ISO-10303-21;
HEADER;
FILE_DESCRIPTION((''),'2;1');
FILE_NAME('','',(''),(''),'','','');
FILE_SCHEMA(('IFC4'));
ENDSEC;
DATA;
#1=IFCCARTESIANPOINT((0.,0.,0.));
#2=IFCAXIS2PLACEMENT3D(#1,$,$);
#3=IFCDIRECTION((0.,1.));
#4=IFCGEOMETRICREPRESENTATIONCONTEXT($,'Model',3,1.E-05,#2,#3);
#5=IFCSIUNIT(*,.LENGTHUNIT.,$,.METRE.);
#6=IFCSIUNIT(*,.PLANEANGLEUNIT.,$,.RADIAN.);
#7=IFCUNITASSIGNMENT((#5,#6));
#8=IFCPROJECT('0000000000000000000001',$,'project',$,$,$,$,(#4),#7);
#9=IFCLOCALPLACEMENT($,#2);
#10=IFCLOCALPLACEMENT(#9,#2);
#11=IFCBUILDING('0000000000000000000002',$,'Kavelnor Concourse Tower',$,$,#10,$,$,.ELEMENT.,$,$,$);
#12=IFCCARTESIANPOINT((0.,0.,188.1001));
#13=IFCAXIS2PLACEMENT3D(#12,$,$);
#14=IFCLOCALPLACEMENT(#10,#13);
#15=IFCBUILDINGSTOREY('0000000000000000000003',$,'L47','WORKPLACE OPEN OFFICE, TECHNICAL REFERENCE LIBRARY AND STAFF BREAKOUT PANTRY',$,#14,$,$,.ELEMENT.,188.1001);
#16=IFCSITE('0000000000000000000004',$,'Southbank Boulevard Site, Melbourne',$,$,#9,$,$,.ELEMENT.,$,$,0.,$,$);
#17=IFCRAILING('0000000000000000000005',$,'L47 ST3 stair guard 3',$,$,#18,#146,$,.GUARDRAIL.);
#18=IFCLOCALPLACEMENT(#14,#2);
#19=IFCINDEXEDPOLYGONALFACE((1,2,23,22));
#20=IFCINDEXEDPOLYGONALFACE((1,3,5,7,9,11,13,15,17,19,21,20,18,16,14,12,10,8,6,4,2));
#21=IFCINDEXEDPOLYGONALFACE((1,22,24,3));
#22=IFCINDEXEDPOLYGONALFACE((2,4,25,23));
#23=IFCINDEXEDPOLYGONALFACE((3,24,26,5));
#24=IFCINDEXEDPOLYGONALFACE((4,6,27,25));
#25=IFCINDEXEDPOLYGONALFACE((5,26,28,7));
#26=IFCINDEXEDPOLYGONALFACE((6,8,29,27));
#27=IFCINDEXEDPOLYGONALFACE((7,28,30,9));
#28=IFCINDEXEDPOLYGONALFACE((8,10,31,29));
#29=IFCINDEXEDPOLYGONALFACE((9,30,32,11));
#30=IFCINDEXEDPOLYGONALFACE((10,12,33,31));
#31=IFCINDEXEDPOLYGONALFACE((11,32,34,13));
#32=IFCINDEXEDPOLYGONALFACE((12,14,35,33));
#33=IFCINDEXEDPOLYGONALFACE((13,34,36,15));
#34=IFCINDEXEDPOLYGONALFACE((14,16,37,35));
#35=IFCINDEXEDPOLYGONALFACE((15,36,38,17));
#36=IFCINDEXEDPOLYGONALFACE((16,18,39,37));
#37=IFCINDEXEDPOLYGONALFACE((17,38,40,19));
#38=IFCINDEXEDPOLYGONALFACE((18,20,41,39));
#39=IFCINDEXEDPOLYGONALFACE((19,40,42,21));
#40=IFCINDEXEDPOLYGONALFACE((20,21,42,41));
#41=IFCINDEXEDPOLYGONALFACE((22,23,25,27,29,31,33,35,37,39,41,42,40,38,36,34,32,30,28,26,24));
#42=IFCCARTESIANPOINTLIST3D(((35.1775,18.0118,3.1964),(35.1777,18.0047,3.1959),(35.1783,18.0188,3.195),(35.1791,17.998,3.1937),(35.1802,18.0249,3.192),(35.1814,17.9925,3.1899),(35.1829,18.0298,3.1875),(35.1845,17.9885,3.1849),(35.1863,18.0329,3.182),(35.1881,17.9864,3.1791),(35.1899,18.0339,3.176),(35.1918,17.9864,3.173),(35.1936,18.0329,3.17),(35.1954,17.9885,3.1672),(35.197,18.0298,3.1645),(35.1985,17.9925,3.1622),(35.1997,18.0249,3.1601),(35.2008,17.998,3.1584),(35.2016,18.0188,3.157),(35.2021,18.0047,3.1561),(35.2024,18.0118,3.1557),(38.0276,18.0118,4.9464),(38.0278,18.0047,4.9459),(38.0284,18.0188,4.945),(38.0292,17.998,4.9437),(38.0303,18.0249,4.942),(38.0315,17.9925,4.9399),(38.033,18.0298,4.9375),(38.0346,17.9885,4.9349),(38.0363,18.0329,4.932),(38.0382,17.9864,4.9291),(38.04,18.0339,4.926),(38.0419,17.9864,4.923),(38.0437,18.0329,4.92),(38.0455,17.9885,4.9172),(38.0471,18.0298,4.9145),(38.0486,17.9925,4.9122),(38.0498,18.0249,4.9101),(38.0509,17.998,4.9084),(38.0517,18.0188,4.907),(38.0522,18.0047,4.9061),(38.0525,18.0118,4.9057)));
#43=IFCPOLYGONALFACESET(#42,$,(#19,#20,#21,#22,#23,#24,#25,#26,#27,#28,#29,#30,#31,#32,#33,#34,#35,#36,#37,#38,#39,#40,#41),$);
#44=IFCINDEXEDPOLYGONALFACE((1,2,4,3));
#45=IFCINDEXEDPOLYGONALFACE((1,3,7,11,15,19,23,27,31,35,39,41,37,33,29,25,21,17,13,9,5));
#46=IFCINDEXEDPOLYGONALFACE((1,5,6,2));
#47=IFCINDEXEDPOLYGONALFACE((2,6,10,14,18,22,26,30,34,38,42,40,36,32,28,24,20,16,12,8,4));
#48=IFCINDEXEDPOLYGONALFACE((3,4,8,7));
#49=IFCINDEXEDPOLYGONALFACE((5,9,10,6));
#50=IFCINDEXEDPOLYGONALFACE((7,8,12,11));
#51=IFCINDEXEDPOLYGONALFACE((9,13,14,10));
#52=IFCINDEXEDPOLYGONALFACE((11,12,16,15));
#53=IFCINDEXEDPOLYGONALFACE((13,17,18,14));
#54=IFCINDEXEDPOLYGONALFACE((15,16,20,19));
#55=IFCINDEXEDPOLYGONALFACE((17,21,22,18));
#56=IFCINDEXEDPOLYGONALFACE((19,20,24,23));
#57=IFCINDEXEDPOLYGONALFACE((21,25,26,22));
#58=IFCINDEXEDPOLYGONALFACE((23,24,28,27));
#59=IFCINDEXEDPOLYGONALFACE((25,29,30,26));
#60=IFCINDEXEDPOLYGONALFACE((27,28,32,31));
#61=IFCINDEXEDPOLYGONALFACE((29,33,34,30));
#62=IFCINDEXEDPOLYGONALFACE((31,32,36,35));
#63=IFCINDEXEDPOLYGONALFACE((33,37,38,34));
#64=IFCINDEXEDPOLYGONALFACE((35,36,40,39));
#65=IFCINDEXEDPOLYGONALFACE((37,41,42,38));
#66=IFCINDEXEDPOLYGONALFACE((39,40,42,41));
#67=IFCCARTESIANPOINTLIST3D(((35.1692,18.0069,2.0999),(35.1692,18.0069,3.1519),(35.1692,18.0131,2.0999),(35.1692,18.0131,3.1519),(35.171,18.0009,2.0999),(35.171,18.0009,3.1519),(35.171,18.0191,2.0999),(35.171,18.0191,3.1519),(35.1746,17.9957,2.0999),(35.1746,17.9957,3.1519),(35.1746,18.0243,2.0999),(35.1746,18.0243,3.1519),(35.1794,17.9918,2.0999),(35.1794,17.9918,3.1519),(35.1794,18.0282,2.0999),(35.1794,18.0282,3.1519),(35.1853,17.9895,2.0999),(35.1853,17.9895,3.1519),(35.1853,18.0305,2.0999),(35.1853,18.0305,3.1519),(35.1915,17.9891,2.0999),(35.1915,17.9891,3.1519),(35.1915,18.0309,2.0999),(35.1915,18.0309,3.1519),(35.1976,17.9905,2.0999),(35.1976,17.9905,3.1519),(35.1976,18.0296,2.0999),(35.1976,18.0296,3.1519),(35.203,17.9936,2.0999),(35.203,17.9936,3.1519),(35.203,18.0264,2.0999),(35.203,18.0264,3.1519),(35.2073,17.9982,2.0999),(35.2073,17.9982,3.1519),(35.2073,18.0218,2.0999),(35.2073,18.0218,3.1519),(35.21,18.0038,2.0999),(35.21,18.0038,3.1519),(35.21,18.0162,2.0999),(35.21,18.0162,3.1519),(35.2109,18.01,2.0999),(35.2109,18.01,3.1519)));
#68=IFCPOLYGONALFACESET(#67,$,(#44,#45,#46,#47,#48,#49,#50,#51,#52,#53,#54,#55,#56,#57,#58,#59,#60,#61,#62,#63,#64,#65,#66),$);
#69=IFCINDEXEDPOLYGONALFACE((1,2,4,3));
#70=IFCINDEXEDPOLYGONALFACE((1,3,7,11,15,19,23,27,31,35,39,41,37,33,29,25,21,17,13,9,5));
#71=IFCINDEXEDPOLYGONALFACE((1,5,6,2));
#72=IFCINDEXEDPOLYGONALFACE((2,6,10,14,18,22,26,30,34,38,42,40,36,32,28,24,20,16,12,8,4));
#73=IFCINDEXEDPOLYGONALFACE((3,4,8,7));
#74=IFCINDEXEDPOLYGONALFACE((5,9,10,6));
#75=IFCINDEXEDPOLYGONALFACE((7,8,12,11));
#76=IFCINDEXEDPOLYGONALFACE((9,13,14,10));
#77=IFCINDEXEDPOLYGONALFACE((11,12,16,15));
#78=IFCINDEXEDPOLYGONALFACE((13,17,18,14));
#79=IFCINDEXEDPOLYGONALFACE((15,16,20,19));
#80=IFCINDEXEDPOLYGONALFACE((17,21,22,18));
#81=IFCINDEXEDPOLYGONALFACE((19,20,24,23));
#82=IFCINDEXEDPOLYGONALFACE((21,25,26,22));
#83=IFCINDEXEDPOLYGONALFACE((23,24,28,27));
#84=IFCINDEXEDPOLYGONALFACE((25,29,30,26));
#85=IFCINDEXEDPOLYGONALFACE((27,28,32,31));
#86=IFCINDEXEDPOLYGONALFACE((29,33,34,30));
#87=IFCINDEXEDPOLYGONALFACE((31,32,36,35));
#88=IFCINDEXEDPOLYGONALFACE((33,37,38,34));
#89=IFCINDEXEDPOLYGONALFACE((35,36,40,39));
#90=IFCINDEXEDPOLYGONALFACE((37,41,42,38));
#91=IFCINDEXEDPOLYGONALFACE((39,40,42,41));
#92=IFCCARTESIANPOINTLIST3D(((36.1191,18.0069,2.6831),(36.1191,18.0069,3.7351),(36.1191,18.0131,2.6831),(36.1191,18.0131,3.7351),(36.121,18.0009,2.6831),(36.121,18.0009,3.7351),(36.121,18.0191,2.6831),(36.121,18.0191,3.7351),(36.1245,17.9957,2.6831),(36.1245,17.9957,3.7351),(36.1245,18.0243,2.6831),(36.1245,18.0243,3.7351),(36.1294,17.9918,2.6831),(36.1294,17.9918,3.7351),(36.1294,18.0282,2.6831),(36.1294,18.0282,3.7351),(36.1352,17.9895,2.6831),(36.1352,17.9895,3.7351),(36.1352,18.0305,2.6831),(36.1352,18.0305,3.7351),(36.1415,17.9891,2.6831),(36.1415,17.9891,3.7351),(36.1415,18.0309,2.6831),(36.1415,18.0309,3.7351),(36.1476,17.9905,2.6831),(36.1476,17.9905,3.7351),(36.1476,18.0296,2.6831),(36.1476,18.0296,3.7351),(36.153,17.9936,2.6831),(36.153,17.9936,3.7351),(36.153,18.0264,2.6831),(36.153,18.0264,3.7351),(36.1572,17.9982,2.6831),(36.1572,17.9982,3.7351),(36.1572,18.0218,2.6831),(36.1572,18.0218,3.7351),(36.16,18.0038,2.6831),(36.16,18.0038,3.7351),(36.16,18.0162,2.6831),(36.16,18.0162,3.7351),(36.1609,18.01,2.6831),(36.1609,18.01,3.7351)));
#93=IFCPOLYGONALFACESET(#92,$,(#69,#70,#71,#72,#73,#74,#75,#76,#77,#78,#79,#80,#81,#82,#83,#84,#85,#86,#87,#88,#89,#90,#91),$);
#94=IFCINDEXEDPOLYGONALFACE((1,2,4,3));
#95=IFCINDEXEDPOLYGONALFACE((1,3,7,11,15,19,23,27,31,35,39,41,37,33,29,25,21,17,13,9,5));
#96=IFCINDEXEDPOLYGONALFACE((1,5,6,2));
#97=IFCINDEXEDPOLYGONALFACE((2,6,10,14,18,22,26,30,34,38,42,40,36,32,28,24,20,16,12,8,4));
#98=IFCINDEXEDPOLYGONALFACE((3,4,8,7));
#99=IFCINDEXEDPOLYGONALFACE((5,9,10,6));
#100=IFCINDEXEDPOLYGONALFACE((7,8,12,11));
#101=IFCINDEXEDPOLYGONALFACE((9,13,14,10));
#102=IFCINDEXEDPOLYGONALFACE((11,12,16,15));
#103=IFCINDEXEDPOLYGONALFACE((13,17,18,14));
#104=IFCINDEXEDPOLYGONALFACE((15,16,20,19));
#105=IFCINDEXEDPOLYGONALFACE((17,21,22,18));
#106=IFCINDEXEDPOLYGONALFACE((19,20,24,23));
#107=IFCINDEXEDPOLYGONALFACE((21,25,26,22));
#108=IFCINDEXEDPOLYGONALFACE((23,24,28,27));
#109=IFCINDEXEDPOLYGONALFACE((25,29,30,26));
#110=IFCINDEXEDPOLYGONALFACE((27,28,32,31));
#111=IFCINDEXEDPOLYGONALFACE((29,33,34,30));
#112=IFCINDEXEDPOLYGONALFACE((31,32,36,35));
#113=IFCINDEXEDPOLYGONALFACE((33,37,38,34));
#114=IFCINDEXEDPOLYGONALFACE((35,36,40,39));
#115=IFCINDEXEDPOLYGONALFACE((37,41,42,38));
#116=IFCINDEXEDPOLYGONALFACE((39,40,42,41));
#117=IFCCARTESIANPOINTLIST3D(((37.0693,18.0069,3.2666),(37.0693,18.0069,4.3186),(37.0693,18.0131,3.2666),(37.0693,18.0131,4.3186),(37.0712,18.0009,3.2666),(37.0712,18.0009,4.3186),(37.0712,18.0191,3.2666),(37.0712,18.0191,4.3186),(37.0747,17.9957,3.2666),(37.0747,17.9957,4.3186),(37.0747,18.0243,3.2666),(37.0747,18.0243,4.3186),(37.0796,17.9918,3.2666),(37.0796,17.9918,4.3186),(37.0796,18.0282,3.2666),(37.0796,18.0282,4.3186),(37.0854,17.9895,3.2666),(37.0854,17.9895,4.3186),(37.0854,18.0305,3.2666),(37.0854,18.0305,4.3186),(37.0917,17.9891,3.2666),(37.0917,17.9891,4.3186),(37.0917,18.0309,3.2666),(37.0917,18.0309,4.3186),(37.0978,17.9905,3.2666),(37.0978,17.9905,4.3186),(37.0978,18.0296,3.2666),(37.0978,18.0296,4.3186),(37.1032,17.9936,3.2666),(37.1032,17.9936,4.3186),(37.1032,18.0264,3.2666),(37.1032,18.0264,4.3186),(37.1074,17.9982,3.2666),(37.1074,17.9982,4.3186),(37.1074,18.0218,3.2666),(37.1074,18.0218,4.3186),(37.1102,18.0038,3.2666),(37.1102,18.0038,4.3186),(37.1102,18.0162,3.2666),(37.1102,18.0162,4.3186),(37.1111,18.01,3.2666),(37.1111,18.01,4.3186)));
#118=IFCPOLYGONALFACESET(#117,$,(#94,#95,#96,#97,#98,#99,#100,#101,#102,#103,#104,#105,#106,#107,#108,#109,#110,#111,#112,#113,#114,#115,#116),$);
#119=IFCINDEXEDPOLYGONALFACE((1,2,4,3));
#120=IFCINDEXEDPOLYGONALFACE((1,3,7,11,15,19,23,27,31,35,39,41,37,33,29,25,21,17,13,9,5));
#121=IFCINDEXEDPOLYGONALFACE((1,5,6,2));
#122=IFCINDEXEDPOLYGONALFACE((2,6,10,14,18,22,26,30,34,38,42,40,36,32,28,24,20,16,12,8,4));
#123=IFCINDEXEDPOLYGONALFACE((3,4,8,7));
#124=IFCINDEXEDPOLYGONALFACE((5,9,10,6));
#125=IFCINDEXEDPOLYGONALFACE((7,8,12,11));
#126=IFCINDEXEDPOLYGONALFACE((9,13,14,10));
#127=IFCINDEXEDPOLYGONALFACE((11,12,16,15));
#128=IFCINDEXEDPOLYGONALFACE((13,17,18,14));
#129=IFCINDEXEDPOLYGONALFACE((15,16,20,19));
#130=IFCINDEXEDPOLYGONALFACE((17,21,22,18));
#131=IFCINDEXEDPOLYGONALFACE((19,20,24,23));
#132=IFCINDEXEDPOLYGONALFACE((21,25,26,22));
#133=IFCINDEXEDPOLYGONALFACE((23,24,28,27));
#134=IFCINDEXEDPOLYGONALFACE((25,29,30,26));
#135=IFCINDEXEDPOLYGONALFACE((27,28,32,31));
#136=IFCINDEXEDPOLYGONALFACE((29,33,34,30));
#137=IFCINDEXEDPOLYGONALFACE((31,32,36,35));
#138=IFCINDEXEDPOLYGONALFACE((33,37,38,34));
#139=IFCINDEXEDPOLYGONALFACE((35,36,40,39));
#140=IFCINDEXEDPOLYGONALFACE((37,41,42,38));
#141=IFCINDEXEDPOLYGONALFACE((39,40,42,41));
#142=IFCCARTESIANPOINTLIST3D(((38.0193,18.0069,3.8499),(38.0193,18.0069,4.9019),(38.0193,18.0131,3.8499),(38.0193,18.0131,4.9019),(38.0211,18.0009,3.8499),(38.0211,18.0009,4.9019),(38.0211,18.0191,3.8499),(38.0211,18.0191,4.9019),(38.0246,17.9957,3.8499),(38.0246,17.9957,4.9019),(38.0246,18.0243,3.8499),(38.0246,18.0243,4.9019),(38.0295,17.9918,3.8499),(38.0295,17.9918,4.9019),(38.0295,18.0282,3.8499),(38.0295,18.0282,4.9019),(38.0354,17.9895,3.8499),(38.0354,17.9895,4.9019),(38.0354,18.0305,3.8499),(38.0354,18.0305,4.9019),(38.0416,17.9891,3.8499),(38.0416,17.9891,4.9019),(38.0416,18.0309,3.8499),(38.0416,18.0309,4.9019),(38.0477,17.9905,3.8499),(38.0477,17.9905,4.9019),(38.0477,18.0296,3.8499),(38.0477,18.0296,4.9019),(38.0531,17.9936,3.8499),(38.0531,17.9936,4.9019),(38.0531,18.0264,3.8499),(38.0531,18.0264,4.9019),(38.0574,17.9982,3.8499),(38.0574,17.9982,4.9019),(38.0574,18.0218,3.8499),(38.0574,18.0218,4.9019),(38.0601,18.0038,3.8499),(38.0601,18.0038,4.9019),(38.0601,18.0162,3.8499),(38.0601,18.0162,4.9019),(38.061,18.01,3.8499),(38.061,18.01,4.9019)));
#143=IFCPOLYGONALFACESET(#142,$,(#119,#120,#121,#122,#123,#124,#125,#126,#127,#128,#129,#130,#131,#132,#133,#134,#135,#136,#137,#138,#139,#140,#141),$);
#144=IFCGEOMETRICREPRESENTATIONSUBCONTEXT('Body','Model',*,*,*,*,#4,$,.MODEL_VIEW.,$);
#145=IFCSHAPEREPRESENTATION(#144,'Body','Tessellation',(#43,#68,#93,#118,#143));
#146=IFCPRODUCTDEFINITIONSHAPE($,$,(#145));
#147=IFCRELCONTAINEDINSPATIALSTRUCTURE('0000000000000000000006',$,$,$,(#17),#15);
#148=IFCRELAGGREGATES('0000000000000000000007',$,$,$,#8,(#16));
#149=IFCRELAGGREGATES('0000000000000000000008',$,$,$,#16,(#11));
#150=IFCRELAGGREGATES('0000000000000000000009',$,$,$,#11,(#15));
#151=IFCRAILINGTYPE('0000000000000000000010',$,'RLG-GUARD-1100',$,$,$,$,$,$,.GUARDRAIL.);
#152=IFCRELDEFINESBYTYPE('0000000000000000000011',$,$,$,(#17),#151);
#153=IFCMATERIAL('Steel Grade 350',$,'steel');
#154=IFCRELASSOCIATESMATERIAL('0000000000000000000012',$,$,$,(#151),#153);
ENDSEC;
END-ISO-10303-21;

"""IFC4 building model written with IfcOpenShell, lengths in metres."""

from ifc_helpers import new_model, si_unit, direction, frame, origin, origin_2d, place, context, subcontext, project, spatial, circle, extrude, material, type_object, element, save


model = new_model("IFC4")

# Units and contexts
model_context = context("Model", 3, precision=1e-05, world=origin(), true_north=direction((0.0, 1.0)))
body_context = subcontext(model_context, "Body", "Model", "MODEL_VIEW")
ifc_project = project(units=[si_unit("LENGTHUNIT", "METRE"), si_unit("PLANEANGLEUNIT", "RADIAN")], contexts=[model_context])

# Site, building, storey
site_placement = place(None, origin())
site = spatial("IfcSite", under=ifc_project, at=site_placement, Name="Southbank Boulevard Site, Melbourne", CompositionType="ELEMENT", RefElevation=0.0)
building_placement = place(site_placement, origin())
building = spatial("IfcBuilding", under=site, at=building_placement, Name="Kavelnor Concourse Tower", CompositionType="ELEMENT")
storey_placement = place(building_placement, frame((0.0, 0.0, 188.1001)))
storey = spatial("IfcBuildingStorey", under=building, at=storey_placement, Name="L47", Description="WORKPLACE OPEN OFFICE, TECHNICAL REFERENCE LIBRARY AND STAFF BREAKOUT PANTRY", CompositionType="ELEMENT", Elevation=188.1001)

# Shared definitions
ifc_material_1 = material(Name="Steel Grade 350", Category="steel")

# Railing
railing_type_1 = type_object("IfcRailingType", Name="RLG-GUARD-1100", PredefinedType="GUARDRAIL", material=ifc_material_1)
railing_1_placement = place(storey_placement, frame((35.1899, 18.01, 2.0999)))
element("IfcRailing", 1, at=railing_1_placement, inside=storey, type_object=railing_type_1, Name="L47 ST3 stair guard 3", PredefinedType="GUARDRAIL", context=body_context, shape_type="SweptSolid", body=[
    extrude(circle(Radius=0.0239, at=origin_2d()), frame((0.0, 0.0, 1.0762), z_axis=(0.852179, 0.0, 0.52325), x_axis=(0.0, 1.0, 0.0)), (0.0, 0.0, 1.0), 3.3445),
    extrude(circle(Radius=0.021, at=origin_2d()), origin(), (0.0, 0.0, 1.0), 1.052),
    extrude(circle(Radius=0.021, at=origin_2d()), frame((0.95, 0.0, 0.5833)), (0.0, 0.0, 1.0), 1.052),
    extrude(circle(Radius=0.021, at=origin_2d()), frame((1.9001, 0.0, 1.1667)), (0.0, 0.0, 1.0), 1.052),
    extrude(circle(Radius=0.021, at=origin_2d()), frame((2.8501, 0.0, 1.75)), (0.0, 0.0, 1.0), 1.052),
])

save(model, "model.ifc")
